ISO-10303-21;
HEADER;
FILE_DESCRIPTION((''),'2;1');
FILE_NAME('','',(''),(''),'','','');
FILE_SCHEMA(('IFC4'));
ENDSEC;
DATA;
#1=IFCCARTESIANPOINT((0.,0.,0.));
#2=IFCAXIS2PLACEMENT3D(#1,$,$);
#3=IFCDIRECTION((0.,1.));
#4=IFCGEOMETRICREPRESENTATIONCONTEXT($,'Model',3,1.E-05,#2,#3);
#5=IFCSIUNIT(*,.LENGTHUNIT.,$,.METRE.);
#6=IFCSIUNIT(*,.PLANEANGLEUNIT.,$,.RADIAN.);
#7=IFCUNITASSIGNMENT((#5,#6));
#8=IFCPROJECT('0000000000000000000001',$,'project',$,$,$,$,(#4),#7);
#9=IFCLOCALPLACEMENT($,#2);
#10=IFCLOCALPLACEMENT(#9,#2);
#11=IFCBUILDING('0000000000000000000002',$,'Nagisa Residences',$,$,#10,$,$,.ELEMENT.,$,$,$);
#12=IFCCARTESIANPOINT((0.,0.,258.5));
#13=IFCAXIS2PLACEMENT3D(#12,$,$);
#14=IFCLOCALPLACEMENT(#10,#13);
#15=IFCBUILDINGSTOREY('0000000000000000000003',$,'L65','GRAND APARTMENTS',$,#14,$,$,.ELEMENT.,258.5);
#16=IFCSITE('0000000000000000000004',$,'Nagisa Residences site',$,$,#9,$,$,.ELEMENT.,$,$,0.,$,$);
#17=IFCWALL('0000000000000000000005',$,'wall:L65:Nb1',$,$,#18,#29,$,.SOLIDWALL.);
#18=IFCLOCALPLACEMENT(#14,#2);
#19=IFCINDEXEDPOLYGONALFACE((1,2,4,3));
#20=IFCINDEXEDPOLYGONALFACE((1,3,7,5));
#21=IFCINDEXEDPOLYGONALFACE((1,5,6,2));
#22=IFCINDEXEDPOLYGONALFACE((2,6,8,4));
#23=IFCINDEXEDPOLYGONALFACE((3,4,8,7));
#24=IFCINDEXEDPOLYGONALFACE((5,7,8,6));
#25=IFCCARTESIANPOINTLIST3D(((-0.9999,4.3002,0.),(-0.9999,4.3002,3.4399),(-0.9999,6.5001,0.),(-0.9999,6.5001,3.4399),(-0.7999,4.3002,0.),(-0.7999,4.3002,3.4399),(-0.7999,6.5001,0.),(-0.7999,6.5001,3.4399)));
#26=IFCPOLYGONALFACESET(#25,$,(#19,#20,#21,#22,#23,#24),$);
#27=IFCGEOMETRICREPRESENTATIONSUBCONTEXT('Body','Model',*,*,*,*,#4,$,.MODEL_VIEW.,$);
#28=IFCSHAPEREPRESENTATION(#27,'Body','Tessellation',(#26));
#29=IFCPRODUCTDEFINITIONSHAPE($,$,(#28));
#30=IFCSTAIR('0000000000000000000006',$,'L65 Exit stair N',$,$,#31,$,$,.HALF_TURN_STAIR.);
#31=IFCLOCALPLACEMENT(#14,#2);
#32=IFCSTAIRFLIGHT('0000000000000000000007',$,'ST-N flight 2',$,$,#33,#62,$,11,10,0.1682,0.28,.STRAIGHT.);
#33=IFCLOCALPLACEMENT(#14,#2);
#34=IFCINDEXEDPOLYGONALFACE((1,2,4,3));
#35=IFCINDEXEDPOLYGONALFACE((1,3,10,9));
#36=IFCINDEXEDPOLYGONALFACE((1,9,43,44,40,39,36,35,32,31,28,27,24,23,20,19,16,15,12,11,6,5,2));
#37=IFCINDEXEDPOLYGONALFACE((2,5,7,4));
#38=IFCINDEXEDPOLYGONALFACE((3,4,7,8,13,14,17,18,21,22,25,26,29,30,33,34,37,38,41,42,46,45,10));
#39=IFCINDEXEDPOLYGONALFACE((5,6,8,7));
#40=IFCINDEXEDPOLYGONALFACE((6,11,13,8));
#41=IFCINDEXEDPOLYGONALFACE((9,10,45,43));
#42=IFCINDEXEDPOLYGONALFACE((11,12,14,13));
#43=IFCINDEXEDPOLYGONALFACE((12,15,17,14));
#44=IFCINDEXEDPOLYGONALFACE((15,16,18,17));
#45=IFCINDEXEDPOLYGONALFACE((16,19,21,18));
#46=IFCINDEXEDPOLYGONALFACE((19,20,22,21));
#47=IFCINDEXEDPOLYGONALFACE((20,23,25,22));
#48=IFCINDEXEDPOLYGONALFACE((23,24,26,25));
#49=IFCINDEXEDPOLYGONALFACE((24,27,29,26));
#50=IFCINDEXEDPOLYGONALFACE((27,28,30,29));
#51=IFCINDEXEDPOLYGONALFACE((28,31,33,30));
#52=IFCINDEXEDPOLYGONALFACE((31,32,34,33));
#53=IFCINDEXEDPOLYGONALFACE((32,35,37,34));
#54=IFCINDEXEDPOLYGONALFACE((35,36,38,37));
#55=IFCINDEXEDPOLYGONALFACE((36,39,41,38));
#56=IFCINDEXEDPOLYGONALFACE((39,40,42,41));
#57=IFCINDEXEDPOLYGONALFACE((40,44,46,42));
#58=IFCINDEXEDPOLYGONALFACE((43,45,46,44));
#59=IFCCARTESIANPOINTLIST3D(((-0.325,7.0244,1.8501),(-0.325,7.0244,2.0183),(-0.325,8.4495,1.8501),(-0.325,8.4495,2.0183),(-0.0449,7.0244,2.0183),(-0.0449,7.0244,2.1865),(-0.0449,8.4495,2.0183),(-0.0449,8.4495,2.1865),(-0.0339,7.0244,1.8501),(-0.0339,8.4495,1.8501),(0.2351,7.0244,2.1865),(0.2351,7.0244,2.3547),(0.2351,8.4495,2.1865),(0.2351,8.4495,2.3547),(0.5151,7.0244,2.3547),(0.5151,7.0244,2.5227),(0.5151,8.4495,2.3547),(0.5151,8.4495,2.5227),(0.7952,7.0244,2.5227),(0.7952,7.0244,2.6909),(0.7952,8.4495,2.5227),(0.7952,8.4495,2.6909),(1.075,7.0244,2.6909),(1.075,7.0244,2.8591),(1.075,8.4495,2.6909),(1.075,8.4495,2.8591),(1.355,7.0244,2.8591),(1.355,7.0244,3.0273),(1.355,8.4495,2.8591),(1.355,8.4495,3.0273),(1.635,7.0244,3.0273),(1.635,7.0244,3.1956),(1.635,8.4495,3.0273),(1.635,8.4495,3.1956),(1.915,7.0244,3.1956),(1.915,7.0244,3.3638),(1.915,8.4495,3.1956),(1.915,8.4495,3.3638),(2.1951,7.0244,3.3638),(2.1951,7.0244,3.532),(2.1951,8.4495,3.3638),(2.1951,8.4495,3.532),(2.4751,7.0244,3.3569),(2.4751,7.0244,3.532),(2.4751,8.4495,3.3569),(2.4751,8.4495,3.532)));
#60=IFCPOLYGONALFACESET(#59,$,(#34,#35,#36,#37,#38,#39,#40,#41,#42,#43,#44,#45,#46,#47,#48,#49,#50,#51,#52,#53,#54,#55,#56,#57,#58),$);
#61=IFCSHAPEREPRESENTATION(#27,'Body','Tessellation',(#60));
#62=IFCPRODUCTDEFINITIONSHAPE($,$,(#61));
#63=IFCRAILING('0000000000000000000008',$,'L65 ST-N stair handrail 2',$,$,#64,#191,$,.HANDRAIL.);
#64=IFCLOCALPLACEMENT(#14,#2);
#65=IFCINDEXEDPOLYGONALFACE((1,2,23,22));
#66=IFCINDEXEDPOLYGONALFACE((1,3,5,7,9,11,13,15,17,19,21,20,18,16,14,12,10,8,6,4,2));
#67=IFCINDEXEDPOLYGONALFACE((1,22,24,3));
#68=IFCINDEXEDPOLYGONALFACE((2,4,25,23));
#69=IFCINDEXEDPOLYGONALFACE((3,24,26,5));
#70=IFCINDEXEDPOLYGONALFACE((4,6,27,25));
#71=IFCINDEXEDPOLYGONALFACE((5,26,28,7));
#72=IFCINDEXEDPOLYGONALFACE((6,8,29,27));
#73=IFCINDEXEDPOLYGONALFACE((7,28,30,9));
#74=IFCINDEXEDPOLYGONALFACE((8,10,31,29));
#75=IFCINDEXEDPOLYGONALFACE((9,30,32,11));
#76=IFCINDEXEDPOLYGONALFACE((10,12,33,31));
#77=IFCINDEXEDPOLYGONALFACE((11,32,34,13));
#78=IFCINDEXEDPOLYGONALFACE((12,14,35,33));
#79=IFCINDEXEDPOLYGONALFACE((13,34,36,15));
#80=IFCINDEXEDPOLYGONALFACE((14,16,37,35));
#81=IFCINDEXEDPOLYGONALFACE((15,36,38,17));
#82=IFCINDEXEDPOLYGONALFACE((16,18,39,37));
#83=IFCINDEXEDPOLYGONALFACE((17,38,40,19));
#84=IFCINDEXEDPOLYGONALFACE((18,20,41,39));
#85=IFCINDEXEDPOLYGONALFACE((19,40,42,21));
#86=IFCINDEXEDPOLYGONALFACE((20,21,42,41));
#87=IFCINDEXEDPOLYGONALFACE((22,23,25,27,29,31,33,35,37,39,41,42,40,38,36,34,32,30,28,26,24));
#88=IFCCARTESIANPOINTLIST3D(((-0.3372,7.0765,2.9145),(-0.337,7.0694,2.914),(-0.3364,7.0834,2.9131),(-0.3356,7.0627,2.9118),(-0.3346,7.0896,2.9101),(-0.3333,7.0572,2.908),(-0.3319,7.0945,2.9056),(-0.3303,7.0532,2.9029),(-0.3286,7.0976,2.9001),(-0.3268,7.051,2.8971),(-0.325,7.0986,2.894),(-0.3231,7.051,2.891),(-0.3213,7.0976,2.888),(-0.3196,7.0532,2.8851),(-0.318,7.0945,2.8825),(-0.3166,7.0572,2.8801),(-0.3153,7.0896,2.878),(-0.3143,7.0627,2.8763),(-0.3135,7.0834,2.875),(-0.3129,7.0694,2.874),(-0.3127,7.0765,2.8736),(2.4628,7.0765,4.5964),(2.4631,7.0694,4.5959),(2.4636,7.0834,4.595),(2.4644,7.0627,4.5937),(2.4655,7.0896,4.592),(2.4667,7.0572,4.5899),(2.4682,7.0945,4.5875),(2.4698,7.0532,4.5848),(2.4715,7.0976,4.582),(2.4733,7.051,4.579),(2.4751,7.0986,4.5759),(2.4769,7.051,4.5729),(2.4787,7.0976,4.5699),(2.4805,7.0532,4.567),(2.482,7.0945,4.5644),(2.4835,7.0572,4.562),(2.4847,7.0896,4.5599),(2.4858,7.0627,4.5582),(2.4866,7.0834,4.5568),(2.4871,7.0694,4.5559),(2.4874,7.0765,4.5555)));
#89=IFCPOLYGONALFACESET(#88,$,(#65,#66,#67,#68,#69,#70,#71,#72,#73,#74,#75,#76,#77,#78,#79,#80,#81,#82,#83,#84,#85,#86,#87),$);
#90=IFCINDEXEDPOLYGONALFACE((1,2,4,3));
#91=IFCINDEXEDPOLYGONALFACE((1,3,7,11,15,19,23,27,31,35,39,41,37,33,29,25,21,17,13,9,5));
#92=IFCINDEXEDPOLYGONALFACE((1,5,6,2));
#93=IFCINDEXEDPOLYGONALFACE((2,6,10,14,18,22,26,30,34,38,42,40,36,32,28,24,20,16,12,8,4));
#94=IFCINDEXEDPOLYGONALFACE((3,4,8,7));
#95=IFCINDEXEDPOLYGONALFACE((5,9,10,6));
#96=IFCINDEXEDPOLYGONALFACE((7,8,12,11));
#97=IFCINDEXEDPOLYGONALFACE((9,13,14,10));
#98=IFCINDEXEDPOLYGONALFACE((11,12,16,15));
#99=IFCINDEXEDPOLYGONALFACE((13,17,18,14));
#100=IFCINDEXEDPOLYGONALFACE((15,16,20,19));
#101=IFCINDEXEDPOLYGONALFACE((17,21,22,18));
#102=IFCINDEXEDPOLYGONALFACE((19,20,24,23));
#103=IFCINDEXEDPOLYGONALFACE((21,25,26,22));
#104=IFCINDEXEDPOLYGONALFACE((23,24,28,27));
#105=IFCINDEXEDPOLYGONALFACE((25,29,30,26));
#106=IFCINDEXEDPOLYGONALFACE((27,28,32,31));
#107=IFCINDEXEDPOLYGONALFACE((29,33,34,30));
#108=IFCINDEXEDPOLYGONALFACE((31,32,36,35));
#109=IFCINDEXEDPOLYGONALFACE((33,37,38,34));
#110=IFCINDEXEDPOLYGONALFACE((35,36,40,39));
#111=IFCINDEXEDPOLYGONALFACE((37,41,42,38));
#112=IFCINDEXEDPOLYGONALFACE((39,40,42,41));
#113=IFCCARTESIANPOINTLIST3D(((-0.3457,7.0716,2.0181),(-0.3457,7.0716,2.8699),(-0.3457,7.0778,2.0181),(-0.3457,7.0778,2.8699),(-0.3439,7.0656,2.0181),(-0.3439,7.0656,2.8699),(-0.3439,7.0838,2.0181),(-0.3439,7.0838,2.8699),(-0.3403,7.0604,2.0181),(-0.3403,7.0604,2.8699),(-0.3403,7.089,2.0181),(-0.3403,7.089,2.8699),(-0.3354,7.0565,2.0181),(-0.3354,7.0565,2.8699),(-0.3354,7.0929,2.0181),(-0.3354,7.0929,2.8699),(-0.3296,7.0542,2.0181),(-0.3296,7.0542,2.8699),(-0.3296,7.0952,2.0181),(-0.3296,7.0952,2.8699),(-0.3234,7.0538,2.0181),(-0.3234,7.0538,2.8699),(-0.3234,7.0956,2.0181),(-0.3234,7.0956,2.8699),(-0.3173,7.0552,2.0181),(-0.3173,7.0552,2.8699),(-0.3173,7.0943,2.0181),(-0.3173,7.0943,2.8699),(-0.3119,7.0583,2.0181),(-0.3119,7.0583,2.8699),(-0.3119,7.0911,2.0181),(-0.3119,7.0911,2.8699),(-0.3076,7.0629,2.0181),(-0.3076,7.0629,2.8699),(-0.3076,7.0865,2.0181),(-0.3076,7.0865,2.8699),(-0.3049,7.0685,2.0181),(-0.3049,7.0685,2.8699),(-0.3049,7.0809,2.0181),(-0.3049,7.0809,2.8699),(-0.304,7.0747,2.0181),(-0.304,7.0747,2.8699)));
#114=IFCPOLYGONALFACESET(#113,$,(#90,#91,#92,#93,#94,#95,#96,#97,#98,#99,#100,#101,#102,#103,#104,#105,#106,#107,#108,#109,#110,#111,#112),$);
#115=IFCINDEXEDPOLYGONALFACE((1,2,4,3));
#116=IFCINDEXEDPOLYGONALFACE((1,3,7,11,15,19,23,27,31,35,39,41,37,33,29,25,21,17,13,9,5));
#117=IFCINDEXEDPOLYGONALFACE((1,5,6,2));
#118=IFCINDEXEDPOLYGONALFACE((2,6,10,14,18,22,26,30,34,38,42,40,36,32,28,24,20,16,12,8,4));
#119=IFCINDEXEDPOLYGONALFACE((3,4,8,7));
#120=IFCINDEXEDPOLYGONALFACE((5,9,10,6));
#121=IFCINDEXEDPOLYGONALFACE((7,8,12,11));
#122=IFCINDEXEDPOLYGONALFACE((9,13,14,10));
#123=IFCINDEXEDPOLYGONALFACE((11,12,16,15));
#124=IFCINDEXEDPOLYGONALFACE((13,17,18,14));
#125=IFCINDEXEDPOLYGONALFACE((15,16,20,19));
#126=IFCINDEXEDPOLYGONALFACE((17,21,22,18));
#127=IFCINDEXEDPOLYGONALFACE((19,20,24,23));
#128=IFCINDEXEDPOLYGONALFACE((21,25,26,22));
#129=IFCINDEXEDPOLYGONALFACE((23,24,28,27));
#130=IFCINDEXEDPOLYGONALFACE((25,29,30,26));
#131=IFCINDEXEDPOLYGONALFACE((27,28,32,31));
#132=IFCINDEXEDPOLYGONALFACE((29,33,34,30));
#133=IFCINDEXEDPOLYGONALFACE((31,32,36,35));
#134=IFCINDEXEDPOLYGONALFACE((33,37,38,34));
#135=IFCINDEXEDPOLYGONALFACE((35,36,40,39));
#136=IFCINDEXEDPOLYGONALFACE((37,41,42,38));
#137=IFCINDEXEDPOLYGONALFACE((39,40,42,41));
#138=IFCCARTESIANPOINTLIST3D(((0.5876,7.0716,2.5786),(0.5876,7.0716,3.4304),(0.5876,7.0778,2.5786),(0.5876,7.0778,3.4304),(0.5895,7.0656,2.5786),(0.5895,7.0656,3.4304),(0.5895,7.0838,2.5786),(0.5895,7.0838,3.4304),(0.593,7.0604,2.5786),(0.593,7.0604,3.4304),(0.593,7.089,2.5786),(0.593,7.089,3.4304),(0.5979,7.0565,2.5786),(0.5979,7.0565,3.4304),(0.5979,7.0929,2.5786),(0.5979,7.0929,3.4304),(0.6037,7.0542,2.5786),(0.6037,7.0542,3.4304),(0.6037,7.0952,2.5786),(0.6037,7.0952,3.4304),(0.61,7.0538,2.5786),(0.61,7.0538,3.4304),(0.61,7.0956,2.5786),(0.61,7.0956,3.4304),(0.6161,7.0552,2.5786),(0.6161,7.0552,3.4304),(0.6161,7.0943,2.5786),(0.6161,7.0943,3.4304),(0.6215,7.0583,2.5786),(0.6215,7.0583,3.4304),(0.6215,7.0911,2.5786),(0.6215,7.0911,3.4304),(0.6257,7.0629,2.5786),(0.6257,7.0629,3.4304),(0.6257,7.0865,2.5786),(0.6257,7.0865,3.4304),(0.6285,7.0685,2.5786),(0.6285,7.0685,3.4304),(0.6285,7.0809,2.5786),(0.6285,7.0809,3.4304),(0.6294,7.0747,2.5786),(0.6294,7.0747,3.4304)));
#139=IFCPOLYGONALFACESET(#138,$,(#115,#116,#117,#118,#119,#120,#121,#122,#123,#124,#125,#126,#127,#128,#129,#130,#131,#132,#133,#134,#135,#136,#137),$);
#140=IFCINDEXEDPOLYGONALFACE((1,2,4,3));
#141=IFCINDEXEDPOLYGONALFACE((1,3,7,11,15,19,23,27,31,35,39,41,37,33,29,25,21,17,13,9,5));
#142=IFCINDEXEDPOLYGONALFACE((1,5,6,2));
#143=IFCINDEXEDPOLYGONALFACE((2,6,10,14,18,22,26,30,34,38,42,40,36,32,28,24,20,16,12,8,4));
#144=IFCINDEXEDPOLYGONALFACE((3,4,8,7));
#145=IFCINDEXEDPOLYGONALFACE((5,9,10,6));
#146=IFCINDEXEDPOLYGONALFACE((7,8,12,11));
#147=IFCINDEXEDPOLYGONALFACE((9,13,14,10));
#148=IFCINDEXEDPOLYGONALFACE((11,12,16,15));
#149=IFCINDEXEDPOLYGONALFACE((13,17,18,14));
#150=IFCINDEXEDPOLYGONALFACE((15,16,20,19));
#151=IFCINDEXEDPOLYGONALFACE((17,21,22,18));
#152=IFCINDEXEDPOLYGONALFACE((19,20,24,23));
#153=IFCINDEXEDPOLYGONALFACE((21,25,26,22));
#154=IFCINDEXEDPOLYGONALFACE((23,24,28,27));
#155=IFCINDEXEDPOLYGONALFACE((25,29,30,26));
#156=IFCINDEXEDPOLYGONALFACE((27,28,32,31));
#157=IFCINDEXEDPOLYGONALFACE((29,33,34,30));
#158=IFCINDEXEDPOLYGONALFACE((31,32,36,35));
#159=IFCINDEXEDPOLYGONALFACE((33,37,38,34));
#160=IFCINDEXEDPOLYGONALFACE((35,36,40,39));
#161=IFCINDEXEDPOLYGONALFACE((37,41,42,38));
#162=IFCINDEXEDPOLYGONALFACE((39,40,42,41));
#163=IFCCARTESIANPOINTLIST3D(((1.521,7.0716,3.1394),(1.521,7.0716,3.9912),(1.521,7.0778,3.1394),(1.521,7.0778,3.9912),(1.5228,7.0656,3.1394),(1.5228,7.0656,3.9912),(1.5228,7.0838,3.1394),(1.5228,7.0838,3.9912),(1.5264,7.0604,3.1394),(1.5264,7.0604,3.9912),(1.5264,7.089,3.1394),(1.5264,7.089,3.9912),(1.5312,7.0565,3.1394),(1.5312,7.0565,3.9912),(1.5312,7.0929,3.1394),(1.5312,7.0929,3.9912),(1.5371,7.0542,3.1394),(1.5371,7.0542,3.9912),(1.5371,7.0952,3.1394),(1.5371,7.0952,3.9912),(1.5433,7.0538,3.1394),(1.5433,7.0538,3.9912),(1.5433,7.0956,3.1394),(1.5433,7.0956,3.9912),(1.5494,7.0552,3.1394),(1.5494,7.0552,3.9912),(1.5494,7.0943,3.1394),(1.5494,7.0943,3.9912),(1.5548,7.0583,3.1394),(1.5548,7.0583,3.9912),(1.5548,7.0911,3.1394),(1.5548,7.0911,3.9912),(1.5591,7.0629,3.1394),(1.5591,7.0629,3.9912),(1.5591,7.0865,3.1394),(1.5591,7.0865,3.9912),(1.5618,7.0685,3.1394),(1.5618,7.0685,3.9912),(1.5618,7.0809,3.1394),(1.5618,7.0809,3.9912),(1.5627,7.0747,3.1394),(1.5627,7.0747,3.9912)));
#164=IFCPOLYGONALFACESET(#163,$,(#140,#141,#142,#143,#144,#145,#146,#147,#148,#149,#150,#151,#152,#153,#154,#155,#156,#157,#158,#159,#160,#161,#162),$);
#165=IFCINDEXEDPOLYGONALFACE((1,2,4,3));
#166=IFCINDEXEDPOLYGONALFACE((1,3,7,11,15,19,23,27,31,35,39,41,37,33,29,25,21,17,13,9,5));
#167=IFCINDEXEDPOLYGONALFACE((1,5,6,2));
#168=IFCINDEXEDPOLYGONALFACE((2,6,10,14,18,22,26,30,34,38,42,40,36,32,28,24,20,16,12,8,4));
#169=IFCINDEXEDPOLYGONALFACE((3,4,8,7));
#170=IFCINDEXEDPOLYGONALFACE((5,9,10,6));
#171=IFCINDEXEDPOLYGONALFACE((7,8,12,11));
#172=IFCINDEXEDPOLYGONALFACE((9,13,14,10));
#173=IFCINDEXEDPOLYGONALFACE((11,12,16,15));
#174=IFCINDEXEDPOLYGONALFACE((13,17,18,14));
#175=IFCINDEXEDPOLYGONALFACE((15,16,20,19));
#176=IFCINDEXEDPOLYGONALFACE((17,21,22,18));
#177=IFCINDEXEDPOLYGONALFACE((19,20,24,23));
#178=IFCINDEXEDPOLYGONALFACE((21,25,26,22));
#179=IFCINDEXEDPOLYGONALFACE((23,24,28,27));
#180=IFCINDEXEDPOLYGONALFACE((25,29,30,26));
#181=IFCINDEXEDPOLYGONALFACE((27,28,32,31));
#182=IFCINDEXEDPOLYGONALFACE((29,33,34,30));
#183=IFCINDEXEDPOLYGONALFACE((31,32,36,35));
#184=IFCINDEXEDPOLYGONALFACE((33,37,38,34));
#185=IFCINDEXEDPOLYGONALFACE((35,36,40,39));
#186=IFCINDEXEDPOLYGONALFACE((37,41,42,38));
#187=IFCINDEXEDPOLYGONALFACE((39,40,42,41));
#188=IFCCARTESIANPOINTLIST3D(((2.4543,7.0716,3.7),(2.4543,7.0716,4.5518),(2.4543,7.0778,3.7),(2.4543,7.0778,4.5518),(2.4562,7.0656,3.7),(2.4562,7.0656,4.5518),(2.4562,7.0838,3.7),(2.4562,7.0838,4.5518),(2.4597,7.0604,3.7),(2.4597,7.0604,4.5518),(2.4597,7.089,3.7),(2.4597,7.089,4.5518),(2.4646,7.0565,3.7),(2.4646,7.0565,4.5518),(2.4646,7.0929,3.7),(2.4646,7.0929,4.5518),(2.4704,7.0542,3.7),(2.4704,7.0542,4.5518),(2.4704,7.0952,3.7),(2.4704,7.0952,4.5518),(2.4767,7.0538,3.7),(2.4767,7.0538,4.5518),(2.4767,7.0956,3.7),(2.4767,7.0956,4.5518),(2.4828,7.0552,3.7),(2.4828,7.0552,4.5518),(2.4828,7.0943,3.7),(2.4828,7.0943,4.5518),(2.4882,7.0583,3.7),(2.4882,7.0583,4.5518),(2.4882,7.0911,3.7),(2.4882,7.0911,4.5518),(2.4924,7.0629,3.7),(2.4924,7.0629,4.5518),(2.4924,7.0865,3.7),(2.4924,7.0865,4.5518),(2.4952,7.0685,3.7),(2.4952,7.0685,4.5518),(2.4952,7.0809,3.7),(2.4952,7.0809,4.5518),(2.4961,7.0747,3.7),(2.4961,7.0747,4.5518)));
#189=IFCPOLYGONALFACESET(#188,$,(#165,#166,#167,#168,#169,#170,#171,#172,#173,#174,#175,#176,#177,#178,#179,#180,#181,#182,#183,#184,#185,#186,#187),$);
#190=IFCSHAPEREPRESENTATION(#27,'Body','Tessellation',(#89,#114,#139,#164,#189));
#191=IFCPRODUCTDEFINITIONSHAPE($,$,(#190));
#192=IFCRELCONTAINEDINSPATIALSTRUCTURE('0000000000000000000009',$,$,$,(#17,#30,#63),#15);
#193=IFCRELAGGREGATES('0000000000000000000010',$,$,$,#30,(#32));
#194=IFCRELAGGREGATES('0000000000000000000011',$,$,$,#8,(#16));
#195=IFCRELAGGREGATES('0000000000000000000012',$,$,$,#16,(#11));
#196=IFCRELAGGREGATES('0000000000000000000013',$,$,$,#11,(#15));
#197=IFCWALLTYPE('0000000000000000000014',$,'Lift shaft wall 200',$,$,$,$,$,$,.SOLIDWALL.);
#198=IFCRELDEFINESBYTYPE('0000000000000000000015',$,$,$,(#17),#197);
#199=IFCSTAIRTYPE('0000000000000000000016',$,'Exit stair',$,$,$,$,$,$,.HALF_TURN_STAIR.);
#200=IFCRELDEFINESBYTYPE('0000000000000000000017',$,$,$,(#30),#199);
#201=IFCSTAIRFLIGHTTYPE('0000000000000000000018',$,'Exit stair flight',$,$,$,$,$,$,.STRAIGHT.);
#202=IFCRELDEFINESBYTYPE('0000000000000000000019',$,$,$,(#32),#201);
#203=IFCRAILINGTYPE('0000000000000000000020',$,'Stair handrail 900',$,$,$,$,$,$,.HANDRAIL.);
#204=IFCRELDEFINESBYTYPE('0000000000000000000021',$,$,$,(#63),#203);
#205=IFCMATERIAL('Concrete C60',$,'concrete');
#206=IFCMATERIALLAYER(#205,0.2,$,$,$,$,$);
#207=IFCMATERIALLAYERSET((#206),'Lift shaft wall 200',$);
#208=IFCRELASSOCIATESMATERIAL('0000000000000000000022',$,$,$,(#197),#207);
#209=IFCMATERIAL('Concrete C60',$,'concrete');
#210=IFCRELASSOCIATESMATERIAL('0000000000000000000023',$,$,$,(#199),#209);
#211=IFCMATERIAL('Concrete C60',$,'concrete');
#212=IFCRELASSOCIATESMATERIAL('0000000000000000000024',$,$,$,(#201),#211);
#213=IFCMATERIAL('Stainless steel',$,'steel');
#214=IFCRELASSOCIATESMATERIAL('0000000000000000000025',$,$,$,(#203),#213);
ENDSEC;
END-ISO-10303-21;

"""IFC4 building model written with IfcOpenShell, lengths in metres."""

from ifc_helpers import new_model, si_unit, direction, frame, frame_2d, origin, origin_2d, place, context, subcontext, project, spatial, polyline, rectangle, circle, outline, extrude, material, layer, layer_set, type_object, element, aggregate, save


model = new_model("IFC4")

# Units and contexts
model_context = context("Model", 3, precision=1e-05, world=origin(), true_north=direction((0.0, 1.0)))
body_context = subcontext(model_context, "Body", "Model", "MODEL_VIEW")
ifc_project = project(units=[si_unit("LENGTHUNIT", "METRE"), si_unit("PLANEANGLEUNIT", "RADIAN")], contexts=[model_context])

# Site, building, storey
site_placement = place(None, origin())
site = spatial("IfcSite", under=ifc_project, at=site_placement, Name="Nagisa Residences site", CompositionType="ELEMENT", RefElevation=0.0)
building_placement = place(site_placement, origin())
building = spatial("IfcBuilding", under=site, at=building_placement, Name="Nagisa Residences", CompositionType="ELEMENT")
storey_placement = place(building_placement, frame((0.0, 0.0, 258.5)))
storey = spatial("IfcBuildingStorey", under=building, at=storey_placement, Name="L65", Description="GRAND APARTMENTS", CompositionType="ELEMENT", Elevation=258.5)

# Shared definitions
ifc_material_1 = material(Name="Concrete C60", Category="concrete")
ifc_layer_1 = layer(ifc_material_1, 0.2)
ifc_layer_set_1 = layer_set([ifc_layer_1], Name="Lift shaft wall 200")
wall_type_1 = type_object("IfcWallType", Name="Lift shaft wall 200", PredefinedType="SOLIDWALL", material=ifc_layer_set_1)

# Wall
wall_1_placement = place(storey_placement, frame((-0.8999, 4.3, 0.0), z_axis=(0.0, 0.0, 1.0), x_axis=(0.0, 1.0, 0.0)))
element("IfcWall", 1, at=wall_1_placement, inside=storey, type_object=wall_type_1, Name="wall:L65:Nb1", PredefinedType="SOLIDWALL", context=body_context, shape_type="SweptSolid", body=[
    extrude(rectangle(XDim=2.2, YDim=0.2, at=frame_2d((1.1001, 0.0))), origin(), (0.0, 0.0, 1.0), 3.4399),
])

# Stair, stair flight
ifc_material_2 = material(Name="Concrete C60", Category="concrete")
stair_type = type_object("IfcStairType", Name="Exit stair", PredefinedType="HALF_TURN_STAIR", material=ifc_material_2)
stair_placement = place(storey_placement, origin())
stair = element("IfcStair", 2, at=stair_placement, inside=storey, type_object=stair_type, Name="L65 Exit stair N", PredefinedType="HALF_TURN_STAIR")
ifc_material_3 = material(Name="Concrete C60", Category="concrete")
stair_flight_type = type_object("IfcStairFlightType", Name="Exit stair flight", PredefinedType="STRAIGHT", material=ifc_material_3)
stair_flight_placement = place(storey_placement, frame((-0.325, 7.7371, 1.8501), z_axis=(0.0, 0.0, 1.0), x_axis=(1.0, 0.0, 0.0)))
stair_flight = element("IfcStairFlight", 3, at=stair_flight_placement, type_object=stair_flight_type, Name="ST-N flight 2", NumberOfRisers=11, NumberOfTreads=10, PredefinedType="STRAIGHT", RiserHeight=0.1682, TreadLength=0.28, context=body_context, shape_type="SweptSolid", body=[
    extrude(outline(polyline([(0.0, 0.0), (0.0, 0.1682), (0.28, 0.1682), (0.28, 0.3364), (0.5601, 0.3364), (0.5601, 0.5046), (0.8401, 0.5046), (0.8401, 0.6726), (1.1201, 0.6726), (1.1201, 0.8408), (1.3999, 0.8408), (1.3999, 1.009), (1.6799, 1.009), (1.6799, 1.1772), (1.96, 1.1772), (1.96, 1.3455), (2.24, 1.3455), (2.24, 1.5137), (2.52, 1.5137), (2.52, 1.6819), (2.8, 1.6819), (2.8, 1.8501), (2.8, 1.5068), (0.291, 0.0), (0.0, 0.0)])), frame((0.0, 0.7124, 0.0), z_axis=(0.0, -1.0, 0.0), x_axis=(1.0, 0.0, 0.0)), (0.0, 0.0, 1.0), 1.425),
])
aggregate(stair, [stair_flight])

# Railing
ifc_material_4 = material(Name="Stainless steel", Category="steel")
railing_type = type_object("IfcRailingType", Name="Stair handrail 900", PredefinedType="HANDRAIL", material=ifc_material_4)
railing_placement = place(storey_placement, frame((-0.325, 7.0747, 2.0181)))
element("IfcRailing", 4, at=railing_placement, inside=storey, type_object=railing_type, Name="L65 ST-N stair handrail 2", PredefinedType="HANDRAIL", context=body_context, shape_type="SweptSolid", body=[
    extrude(circle(Radius=0.0239, at=origin_2d()), frame((0.0, 0.0, 0.876), z_axis=(0.857242, 0.0, 0.514913), x_axis=(0.0, 1.0, 0.0)), (0.0, 0.0, 1.0), 3.2664),
    extrude(circle(Radius=0.021, at=origin_2d()), origin(), (0.0, 0.0, 1.0), 0.8518),
    extrude(circle(Radius=0.021, at=origin_2d()), frame((0.9333, 0.0, 0.5605)), (0.0, 0.0, 1.0), 0.8518),
    extrude(circle(Radius=0.021, at=origin_2d()), frame((1.8667, 0.0, 1.1213)), (0.0, 0.0, 1.0), 0.8518),
    extrude(circle(Radius=0.021, at=origin_2d()), frame((2.8, 0.0, 1.6819)), (0.0, 0.0, 1.0), 0.8518),
])

save(model, "model.ifc")
